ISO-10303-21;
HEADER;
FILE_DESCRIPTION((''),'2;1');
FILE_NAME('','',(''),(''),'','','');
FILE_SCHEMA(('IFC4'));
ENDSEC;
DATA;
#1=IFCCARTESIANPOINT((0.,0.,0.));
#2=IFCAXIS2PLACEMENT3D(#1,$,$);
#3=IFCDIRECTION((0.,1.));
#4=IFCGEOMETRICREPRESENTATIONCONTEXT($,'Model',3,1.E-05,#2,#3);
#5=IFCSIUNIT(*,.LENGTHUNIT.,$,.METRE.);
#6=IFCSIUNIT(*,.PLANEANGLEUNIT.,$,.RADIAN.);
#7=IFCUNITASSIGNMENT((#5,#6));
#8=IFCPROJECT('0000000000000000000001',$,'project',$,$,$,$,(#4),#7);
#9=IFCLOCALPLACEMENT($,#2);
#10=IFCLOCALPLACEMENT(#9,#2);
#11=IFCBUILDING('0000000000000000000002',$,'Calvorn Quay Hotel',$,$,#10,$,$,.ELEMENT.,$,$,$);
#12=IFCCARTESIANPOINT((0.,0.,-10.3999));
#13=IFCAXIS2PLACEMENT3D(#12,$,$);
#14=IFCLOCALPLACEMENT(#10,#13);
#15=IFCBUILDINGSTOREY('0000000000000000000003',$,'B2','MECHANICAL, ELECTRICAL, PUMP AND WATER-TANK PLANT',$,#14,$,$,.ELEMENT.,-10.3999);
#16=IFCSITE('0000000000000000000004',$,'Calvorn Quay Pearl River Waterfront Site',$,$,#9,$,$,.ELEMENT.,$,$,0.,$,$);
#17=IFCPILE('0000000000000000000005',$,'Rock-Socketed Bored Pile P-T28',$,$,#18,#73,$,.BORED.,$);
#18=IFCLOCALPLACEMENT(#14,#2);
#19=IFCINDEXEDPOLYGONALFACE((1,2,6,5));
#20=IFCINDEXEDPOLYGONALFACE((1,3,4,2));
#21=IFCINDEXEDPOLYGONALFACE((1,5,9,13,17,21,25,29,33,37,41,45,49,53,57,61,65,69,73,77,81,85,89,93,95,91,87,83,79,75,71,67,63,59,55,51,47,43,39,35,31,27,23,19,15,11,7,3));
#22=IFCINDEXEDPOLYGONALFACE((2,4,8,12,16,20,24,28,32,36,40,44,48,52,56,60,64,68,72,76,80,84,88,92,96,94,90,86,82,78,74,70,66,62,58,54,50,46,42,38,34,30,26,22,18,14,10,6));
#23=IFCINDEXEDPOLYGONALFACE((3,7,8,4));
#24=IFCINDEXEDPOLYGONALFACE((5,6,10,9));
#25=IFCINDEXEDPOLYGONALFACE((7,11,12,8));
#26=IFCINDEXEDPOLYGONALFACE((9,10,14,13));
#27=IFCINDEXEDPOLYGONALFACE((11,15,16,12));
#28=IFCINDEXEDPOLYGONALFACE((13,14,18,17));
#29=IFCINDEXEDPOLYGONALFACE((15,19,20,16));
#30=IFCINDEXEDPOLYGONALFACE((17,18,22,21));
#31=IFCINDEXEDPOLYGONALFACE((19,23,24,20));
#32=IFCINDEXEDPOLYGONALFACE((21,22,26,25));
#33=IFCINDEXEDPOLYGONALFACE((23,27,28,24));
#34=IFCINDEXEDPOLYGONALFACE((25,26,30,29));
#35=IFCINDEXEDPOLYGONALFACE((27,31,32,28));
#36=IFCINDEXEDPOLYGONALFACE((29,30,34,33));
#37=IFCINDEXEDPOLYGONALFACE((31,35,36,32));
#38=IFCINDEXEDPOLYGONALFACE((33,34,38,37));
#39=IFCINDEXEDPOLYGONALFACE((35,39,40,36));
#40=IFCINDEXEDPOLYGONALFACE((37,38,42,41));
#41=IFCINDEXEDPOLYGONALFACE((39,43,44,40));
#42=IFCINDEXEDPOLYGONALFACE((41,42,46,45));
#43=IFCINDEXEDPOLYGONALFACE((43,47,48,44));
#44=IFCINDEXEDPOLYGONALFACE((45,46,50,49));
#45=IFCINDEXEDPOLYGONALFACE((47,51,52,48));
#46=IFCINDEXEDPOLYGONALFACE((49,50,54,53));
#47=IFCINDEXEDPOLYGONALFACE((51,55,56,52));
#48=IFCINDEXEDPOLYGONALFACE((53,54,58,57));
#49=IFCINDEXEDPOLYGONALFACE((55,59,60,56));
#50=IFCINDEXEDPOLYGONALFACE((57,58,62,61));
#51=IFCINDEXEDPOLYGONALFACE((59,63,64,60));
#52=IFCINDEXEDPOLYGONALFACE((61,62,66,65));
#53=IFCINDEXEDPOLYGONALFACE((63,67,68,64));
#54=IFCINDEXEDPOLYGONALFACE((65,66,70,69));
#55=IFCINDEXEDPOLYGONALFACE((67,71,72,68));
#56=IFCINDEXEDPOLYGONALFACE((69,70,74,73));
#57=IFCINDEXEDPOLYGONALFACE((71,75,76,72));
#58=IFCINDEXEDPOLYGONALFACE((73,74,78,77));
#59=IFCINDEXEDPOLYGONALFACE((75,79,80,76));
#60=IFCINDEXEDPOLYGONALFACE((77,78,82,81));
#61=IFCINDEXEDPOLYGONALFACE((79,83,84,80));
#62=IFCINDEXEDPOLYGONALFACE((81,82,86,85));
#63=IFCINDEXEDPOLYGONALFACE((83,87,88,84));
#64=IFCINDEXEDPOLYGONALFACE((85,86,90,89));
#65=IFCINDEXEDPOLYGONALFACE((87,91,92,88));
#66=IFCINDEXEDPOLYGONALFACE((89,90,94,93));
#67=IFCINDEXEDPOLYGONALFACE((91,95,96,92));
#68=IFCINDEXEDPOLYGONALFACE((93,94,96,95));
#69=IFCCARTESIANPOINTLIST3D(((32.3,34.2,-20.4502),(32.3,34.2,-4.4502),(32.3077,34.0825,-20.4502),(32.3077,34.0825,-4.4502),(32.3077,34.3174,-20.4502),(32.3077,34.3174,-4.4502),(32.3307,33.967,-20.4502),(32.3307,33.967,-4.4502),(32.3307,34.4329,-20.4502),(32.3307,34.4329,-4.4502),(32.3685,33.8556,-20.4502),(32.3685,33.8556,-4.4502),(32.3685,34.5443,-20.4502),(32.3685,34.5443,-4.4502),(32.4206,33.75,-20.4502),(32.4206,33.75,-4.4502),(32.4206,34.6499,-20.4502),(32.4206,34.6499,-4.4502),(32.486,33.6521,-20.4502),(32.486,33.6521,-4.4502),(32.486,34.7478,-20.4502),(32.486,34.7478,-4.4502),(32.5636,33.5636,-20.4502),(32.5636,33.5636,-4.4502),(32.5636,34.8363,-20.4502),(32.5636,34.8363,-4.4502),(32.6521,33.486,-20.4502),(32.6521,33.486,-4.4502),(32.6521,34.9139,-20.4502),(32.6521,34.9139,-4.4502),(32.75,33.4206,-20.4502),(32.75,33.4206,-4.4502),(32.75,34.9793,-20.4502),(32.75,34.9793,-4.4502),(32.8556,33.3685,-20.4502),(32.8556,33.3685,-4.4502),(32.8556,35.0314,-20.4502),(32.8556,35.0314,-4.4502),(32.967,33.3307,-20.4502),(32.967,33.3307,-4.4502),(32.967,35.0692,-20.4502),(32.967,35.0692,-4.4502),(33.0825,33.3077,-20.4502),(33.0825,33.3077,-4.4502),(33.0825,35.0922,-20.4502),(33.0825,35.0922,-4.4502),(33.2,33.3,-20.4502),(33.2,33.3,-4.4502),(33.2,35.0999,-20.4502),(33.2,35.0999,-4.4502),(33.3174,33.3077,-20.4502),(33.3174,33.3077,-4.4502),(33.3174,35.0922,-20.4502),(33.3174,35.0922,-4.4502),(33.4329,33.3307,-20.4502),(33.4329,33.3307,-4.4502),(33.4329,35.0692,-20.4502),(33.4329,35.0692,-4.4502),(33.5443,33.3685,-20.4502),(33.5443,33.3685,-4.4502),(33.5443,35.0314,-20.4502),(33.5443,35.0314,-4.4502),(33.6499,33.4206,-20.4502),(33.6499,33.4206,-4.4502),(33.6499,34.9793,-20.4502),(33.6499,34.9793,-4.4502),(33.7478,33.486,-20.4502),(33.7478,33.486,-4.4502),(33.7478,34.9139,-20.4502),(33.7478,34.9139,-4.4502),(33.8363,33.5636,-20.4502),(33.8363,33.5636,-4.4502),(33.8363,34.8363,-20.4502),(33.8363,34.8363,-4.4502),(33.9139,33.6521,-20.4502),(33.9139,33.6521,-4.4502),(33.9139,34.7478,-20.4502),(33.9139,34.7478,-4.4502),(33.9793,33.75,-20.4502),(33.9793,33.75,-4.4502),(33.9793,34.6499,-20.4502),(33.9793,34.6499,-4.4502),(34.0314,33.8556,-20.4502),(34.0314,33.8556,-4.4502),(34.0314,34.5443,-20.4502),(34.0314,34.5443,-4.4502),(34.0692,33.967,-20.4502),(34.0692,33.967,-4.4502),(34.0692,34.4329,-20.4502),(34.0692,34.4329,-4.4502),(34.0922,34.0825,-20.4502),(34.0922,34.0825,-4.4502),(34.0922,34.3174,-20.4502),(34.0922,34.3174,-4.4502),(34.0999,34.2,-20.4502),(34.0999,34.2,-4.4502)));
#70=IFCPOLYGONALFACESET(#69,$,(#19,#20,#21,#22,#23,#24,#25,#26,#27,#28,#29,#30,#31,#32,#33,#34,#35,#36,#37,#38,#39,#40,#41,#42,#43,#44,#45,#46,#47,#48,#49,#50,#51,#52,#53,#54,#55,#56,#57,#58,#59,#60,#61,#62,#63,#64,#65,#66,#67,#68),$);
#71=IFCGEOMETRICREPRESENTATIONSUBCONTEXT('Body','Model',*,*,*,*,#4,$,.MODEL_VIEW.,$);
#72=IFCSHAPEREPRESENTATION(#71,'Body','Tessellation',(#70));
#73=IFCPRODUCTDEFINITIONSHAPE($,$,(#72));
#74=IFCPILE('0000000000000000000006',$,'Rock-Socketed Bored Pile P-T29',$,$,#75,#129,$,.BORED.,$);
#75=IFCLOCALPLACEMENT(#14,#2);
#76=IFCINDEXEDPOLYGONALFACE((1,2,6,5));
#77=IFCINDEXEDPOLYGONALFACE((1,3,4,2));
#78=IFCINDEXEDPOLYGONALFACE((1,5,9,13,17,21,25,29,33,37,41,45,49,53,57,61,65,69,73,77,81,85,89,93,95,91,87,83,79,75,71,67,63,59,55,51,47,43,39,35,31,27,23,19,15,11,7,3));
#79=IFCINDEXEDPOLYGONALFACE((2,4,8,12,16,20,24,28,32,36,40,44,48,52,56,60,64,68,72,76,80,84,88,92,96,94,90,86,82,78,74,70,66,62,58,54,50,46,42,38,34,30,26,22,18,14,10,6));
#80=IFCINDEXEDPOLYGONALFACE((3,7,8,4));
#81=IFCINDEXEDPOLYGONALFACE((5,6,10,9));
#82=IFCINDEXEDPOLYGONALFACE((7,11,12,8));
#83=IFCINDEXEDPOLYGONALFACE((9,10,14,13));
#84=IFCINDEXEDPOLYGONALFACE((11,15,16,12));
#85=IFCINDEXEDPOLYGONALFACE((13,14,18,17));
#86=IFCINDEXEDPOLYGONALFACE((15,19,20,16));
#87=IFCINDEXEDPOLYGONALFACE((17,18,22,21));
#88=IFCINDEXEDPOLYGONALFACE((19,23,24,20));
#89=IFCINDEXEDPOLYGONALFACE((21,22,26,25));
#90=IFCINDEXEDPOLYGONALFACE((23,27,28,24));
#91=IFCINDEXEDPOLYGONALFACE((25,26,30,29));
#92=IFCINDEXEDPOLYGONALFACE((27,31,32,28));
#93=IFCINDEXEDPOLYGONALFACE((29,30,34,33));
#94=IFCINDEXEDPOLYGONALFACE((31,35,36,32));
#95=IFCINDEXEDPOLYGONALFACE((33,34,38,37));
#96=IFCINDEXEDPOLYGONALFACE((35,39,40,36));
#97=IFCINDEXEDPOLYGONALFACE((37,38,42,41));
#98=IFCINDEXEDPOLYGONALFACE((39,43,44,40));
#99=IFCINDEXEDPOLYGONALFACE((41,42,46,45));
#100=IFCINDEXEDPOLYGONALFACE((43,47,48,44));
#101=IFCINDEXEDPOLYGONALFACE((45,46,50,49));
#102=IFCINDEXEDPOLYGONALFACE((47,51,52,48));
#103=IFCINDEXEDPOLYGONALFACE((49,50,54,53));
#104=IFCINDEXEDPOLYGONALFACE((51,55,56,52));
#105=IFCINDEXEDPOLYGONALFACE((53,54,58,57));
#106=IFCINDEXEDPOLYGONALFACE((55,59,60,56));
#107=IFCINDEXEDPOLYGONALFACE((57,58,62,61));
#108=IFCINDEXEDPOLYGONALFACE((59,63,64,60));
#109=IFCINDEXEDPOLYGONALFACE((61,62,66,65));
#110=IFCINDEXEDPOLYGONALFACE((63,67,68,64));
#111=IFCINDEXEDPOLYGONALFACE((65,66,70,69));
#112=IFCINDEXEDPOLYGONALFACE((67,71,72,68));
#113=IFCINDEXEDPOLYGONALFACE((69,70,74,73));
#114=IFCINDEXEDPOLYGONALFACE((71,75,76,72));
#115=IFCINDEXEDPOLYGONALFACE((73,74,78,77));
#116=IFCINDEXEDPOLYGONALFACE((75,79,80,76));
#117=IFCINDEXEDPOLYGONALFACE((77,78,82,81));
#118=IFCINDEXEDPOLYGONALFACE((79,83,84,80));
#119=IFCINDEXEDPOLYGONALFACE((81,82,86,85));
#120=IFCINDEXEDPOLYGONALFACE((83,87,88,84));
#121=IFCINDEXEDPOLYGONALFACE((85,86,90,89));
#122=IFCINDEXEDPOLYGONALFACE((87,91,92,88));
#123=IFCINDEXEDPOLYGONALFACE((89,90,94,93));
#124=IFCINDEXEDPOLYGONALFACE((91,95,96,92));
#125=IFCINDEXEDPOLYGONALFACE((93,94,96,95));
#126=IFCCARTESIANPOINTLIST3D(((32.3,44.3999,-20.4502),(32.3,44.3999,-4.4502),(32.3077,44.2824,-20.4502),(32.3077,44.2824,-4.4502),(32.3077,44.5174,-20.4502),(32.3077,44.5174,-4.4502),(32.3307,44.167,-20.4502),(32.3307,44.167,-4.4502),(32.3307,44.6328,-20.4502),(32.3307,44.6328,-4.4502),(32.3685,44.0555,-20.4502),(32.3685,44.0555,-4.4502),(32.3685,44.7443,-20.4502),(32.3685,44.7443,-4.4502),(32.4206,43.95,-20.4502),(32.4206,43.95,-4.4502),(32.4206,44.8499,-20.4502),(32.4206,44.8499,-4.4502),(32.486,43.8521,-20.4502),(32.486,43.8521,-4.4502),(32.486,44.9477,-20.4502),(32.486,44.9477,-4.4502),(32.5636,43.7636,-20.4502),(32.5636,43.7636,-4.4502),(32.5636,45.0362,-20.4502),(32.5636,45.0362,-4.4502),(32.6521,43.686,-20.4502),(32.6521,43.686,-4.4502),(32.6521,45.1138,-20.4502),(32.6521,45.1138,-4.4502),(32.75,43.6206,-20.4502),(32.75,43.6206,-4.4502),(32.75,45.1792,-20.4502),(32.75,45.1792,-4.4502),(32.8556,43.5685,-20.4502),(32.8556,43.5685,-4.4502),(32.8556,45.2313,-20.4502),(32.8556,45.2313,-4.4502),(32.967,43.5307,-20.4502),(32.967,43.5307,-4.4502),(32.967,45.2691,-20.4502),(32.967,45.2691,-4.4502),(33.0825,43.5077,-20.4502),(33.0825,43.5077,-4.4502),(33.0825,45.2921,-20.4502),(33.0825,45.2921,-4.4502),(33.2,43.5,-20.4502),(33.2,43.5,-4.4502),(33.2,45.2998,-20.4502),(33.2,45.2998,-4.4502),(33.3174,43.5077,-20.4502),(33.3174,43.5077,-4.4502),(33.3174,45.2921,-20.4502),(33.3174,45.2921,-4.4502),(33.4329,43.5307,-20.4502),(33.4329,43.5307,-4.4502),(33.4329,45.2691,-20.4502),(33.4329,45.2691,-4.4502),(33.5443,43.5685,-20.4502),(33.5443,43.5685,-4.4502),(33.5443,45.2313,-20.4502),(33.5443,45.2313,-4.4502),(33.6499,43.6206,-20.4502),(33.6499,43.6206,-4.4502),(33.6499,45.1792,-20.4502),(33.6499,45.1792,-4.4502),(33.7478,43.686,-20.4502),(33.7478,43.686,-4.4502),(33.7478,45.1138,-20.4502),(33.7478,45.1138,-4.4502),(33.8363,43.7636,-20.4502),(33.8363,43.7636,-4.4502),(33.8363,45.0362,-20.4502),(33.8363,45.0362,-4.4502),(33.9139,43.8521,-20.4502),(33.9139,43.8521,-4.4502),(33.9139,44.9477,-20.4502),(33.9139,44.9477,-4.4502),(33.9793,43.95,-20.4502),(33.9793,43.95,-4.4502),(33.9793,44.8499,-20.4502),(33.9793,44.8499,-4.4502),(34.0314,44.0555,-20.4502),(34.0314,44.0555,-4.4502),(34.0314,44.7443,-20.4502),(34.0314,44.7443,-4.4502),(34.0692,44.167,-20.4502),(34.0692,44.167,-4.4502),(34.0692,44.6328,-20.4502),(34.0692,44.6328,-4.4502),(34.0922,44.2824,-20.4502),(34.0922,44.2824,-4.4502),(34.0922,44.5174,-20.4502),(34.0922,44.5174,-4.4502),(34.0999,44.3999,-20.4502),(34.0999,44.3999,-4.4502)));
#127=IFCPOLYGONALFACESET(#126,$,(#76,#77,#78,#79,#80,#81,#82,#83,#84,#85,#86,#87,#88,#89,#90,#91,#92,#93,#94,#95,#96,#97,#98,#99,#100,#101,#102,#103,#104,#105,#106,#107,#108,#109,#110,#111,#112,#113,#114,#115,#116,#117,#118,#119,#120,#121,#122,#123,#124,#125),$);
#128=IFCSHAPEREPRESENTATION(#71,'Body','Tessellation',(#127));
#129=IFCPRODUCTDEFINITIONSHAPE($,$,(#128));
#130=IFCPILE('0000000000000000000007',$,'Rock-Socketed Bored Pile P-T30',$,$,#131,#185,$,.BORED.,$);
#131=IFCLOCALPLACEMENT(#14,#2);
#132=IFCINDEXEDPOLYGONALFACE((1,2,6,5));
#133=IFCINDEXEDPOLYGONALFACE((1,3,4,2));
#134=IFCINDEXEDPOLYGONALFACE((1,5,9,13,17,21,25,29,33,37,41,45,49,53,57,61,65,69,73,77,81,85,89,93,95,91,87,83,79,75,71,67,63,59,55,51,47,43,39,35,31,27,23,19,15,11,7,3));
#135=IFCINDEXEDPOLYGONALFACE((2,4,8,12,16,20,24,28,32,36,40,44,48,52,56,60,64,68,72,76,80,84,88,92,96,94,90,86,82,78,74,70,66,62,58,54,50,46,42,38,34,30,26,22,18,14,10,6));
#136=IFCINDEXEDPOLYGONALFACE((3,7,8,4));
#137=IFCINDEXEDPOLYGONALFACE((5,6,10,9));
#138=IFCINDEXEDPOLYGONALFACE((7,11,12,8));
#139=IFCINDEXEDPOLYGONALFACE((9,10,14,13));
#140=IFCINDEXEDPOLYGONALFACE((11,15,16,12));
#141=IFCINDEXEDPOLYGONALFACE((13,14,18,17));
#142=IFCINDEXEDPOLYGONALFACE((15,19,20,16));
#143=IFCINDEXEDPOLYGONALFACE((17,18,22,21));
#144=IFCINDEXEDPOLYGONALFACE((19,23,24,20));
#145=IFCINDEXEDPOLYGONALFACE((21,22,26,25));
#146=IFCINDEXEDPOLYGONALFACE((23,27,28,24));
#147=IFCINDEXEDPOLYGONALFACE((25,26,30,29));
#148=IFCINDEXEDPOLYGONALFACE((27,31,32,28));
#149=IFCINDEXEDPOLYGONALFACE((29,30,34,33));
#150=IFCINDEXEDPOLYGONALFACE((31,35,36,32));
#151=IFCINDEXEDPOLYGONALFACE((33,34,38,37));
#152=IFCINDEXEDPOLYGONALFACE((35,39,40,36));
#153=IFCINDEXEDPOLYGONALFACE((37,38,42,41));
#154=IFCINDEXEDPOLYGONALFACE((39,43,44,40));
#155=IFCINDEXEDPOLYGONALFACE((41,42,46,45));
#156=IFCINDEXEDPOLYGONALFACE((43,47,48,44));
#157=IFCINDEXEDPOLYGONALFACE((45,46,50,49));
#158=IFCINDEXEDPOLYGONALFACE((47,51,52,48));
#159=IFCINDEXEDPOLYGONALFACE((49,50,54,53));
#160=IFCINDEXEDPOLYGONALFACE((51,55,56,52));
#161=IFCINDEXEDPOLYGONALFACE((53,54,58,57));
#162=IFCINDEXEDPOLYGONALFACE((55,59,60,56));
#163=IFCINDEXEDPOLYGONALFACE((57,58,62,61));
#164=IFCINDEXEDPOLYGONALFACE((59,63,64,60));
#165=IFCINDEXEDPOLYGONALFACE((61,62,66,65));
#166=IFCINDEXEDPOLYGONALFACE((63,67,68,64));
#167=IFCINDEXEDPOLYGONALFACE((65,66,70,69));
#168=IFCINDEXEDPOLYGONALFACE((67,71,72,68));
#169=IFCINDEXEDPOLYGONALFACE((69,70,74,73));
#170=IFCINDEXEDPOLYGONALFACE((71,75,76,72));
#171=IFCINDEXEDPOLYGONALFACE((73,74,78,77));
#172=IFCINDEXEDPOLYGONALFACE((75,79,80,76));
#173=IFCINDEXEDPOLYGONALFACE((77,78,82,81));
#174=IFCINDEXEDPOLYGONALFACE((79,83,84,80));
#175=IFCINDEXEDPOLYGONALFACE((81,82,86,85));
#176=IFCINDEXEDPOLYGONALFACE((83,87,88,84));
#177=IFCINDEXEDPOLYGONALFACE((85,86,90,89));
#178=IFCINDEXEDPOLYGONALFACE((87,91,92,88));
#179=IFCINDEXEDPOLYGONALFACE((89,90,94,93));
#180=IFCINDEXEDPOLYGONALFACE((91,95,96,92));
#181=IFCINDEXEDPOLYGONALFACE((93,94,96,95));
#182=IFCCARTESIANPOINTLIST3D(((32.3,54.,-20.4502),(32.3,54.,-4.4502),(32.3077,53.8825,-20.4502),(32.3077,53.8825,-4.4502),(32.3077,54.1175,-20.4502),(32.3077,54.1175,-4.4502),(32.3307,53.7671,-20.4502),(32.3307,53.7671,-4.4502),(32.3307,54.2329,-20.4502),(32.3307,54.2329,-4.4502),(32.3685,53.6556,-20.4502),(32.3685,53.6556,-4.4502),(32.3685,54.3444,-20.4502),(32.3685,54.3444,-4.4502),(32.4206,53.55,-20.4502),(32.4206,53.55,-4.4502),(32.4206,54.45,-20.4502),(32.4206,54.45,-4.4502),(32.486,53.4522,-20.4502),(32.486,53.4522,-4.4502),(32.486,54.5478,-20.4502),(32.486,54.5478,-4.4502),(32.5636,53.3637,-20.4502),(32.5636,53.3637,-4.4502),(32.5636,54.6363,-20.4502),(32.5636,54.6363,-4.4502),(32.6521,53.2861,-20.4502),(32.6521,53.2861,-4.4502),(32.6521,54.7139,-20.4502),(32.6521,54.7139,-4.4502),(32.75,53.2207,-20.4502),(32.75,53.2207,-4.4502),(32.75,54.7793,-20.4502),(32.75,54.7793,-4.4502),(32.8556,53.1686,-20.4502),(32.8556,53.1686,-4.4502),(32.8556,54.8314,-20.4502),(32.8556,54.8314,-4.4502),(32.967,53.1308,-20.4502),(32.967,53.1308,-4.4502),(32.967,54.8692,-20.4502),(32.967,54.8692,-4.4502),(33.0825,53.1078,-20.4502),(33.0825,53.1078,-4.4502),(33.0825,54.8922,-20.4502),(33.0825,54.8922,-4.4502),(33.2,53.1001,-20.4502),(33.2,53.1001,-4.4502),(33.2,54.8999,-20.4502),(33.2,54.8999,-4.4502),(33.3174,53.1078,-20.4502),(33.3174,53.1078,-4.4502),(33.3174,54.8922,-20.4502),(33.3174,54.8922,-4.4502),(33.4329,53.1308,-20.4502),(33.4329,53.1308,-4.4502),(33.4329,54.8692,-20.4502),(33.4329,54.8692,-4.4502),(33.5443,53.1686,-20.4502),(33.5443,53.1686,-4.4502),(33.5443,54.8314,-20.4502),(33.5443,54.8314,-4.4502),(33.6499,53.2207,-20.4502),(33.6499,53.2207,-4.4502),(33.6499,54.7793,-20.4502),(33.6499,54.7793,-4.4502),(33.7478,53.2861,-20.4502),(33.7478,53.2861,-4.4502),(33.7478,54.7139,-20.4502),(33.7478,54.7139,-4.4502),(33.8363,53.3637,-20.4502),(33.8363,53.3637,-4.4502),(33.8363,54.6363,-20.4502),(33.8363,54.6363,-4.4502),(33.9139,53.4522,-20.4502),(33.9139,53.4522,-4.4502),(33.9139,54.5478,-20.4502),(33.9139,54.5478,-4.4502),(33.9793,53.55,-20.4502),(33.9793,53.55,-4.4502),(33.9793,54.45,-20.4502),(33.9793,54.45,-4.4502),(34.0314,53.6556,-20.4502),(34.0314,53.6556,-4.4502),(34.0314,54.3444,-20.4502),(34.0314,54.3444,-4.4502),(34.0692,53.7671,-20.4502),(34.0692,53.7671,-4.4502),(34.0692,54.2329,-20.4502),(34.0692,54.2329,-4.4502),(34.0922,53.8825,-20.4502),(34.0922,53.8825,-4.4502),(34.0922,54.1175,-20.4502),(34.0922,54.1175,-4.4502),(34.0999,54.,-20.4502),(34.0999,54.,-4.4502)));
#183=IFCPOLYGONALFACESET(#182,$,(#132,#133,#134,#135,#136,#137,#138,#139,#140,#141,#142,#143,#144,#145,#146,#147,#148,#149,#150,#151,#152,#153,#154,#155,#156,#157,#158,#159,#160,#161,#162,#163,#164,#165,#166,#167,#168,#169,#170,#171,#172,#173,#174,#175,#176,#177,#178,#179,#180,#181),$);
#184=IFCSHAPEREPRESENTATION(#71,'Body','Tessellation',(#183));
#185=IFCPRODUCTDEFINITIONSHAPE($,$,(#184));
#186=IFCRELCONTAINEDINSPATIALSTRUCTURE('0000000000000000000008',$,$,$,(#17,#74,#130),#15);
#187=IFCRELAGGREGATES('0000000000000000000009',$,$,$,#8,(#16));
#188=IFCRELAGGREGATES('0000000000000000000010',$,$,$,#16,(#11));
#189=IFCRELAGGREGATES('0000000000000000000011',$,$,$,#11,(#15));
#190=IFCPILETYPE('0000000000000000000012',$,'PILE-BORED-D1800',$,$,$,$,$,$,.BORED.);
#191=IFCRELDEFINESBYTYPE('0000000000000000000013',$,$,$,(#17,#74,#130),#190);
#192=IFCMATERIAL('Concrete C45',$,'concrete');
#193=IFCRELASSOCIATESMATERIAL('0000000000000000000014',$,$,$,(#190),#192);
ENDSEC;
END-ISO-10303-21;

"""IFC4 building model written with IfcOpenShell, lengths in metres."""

from ifc_helpers import new_model, si_unit, direction, frame, origin, origin_2d, place, context, subcontext, project, spatial, circle, extrude, material, material_profile, profile_set, type_object, element, save


model = new_model("IFC4")

# Units and contexts
model_context = context("Model", 3, precision=1e-05, world=origin(), true_north=direction((0.0, 1.0)))
body_context = subcontext(model_context, "Body", "Model", "MODEL_VIEW")
ifc_project = project(units=[si_unit("LENGTHUNIT", "METRE"), si_unit("PLANEANGLEUNIT", "RADIAN")], contexts=[model_context])

# Site, building, storey
site_placement = place(None, origin())
site = spatial("IfcSite", under=ifc_project, at=site_placement, Name="Calvorn Quay Pearl River Waterfront Site", CompositionType="ELEMENT", RefElevation=0.0)
building_placement = place(site_placement, origin())
building = spatial("IfcBuilding", under=site, at=building_placement, Name="Calvorn Quay Hotel", CompositionType="ELEMENT")
storey_placement = place(building_placement, frame((0.0, 0.0, -10.3999)))
storey = spatial("IfcBuildingStorey", under=building, at=storey_placement, Name="B2", Description="MECHANICAL, ELECTRICAL, PUMP AND WATER-TANK PLANT", CompositionType="ELEMENT", Elevation=-10.3999)

# Piles
ifc_material_1 = material(Name="Concrete C45", Category="concrete")
ifc_material_profile_1 = material_profile(ifc_material_1, circle(Radius=0.8999, at=origin_2d()), Name="PILE-D1800")
ifc_profile_set_1 = profile_set([ifc_material_profile_1], Name="Concrete C45")
pile_type = type_object("IfcPileType", Name="PILE-BORED-D1800", PredefinedType="BORED", material=ifc_profile_set_1)
for number, where, z_axis, x_axis, name in (
    (1, (33.2, 34.2, -4.4502), (0.0, 0.0, -1.0), (1.0, 0.0, 0.0), "Rock-Socketed Bored Pile P-T28"),
    (2, (33.2, 44.3999, -4.4502), (0.0, 0.0, -1.0), (1.0, 0.0, 0.0), "Rock-Socketed Bored Pile P-T29"),
    (3, (33.2, 54.0, -4.4502), (0.0, 0.0, -1.0), (1.0, 0.0, 0.0), "Rock-Socketed Bored Pile P-T30"),
):
    element("IfcPile", number, at=place(storey_placement, frame(where, z_axis=z_axis, x_axis=x_axis)), inside=storey, type_object=pile_type, Name=name, PredefinedType="BORED", context=body_context, shape_type="SweptSolid", body=[
        extrude(circle(Radius=0.8999, at=origin_2d()), origin(), (0.0, 0.0, 1.0), 16.0),
    ])

save(model, "model.ifc")
